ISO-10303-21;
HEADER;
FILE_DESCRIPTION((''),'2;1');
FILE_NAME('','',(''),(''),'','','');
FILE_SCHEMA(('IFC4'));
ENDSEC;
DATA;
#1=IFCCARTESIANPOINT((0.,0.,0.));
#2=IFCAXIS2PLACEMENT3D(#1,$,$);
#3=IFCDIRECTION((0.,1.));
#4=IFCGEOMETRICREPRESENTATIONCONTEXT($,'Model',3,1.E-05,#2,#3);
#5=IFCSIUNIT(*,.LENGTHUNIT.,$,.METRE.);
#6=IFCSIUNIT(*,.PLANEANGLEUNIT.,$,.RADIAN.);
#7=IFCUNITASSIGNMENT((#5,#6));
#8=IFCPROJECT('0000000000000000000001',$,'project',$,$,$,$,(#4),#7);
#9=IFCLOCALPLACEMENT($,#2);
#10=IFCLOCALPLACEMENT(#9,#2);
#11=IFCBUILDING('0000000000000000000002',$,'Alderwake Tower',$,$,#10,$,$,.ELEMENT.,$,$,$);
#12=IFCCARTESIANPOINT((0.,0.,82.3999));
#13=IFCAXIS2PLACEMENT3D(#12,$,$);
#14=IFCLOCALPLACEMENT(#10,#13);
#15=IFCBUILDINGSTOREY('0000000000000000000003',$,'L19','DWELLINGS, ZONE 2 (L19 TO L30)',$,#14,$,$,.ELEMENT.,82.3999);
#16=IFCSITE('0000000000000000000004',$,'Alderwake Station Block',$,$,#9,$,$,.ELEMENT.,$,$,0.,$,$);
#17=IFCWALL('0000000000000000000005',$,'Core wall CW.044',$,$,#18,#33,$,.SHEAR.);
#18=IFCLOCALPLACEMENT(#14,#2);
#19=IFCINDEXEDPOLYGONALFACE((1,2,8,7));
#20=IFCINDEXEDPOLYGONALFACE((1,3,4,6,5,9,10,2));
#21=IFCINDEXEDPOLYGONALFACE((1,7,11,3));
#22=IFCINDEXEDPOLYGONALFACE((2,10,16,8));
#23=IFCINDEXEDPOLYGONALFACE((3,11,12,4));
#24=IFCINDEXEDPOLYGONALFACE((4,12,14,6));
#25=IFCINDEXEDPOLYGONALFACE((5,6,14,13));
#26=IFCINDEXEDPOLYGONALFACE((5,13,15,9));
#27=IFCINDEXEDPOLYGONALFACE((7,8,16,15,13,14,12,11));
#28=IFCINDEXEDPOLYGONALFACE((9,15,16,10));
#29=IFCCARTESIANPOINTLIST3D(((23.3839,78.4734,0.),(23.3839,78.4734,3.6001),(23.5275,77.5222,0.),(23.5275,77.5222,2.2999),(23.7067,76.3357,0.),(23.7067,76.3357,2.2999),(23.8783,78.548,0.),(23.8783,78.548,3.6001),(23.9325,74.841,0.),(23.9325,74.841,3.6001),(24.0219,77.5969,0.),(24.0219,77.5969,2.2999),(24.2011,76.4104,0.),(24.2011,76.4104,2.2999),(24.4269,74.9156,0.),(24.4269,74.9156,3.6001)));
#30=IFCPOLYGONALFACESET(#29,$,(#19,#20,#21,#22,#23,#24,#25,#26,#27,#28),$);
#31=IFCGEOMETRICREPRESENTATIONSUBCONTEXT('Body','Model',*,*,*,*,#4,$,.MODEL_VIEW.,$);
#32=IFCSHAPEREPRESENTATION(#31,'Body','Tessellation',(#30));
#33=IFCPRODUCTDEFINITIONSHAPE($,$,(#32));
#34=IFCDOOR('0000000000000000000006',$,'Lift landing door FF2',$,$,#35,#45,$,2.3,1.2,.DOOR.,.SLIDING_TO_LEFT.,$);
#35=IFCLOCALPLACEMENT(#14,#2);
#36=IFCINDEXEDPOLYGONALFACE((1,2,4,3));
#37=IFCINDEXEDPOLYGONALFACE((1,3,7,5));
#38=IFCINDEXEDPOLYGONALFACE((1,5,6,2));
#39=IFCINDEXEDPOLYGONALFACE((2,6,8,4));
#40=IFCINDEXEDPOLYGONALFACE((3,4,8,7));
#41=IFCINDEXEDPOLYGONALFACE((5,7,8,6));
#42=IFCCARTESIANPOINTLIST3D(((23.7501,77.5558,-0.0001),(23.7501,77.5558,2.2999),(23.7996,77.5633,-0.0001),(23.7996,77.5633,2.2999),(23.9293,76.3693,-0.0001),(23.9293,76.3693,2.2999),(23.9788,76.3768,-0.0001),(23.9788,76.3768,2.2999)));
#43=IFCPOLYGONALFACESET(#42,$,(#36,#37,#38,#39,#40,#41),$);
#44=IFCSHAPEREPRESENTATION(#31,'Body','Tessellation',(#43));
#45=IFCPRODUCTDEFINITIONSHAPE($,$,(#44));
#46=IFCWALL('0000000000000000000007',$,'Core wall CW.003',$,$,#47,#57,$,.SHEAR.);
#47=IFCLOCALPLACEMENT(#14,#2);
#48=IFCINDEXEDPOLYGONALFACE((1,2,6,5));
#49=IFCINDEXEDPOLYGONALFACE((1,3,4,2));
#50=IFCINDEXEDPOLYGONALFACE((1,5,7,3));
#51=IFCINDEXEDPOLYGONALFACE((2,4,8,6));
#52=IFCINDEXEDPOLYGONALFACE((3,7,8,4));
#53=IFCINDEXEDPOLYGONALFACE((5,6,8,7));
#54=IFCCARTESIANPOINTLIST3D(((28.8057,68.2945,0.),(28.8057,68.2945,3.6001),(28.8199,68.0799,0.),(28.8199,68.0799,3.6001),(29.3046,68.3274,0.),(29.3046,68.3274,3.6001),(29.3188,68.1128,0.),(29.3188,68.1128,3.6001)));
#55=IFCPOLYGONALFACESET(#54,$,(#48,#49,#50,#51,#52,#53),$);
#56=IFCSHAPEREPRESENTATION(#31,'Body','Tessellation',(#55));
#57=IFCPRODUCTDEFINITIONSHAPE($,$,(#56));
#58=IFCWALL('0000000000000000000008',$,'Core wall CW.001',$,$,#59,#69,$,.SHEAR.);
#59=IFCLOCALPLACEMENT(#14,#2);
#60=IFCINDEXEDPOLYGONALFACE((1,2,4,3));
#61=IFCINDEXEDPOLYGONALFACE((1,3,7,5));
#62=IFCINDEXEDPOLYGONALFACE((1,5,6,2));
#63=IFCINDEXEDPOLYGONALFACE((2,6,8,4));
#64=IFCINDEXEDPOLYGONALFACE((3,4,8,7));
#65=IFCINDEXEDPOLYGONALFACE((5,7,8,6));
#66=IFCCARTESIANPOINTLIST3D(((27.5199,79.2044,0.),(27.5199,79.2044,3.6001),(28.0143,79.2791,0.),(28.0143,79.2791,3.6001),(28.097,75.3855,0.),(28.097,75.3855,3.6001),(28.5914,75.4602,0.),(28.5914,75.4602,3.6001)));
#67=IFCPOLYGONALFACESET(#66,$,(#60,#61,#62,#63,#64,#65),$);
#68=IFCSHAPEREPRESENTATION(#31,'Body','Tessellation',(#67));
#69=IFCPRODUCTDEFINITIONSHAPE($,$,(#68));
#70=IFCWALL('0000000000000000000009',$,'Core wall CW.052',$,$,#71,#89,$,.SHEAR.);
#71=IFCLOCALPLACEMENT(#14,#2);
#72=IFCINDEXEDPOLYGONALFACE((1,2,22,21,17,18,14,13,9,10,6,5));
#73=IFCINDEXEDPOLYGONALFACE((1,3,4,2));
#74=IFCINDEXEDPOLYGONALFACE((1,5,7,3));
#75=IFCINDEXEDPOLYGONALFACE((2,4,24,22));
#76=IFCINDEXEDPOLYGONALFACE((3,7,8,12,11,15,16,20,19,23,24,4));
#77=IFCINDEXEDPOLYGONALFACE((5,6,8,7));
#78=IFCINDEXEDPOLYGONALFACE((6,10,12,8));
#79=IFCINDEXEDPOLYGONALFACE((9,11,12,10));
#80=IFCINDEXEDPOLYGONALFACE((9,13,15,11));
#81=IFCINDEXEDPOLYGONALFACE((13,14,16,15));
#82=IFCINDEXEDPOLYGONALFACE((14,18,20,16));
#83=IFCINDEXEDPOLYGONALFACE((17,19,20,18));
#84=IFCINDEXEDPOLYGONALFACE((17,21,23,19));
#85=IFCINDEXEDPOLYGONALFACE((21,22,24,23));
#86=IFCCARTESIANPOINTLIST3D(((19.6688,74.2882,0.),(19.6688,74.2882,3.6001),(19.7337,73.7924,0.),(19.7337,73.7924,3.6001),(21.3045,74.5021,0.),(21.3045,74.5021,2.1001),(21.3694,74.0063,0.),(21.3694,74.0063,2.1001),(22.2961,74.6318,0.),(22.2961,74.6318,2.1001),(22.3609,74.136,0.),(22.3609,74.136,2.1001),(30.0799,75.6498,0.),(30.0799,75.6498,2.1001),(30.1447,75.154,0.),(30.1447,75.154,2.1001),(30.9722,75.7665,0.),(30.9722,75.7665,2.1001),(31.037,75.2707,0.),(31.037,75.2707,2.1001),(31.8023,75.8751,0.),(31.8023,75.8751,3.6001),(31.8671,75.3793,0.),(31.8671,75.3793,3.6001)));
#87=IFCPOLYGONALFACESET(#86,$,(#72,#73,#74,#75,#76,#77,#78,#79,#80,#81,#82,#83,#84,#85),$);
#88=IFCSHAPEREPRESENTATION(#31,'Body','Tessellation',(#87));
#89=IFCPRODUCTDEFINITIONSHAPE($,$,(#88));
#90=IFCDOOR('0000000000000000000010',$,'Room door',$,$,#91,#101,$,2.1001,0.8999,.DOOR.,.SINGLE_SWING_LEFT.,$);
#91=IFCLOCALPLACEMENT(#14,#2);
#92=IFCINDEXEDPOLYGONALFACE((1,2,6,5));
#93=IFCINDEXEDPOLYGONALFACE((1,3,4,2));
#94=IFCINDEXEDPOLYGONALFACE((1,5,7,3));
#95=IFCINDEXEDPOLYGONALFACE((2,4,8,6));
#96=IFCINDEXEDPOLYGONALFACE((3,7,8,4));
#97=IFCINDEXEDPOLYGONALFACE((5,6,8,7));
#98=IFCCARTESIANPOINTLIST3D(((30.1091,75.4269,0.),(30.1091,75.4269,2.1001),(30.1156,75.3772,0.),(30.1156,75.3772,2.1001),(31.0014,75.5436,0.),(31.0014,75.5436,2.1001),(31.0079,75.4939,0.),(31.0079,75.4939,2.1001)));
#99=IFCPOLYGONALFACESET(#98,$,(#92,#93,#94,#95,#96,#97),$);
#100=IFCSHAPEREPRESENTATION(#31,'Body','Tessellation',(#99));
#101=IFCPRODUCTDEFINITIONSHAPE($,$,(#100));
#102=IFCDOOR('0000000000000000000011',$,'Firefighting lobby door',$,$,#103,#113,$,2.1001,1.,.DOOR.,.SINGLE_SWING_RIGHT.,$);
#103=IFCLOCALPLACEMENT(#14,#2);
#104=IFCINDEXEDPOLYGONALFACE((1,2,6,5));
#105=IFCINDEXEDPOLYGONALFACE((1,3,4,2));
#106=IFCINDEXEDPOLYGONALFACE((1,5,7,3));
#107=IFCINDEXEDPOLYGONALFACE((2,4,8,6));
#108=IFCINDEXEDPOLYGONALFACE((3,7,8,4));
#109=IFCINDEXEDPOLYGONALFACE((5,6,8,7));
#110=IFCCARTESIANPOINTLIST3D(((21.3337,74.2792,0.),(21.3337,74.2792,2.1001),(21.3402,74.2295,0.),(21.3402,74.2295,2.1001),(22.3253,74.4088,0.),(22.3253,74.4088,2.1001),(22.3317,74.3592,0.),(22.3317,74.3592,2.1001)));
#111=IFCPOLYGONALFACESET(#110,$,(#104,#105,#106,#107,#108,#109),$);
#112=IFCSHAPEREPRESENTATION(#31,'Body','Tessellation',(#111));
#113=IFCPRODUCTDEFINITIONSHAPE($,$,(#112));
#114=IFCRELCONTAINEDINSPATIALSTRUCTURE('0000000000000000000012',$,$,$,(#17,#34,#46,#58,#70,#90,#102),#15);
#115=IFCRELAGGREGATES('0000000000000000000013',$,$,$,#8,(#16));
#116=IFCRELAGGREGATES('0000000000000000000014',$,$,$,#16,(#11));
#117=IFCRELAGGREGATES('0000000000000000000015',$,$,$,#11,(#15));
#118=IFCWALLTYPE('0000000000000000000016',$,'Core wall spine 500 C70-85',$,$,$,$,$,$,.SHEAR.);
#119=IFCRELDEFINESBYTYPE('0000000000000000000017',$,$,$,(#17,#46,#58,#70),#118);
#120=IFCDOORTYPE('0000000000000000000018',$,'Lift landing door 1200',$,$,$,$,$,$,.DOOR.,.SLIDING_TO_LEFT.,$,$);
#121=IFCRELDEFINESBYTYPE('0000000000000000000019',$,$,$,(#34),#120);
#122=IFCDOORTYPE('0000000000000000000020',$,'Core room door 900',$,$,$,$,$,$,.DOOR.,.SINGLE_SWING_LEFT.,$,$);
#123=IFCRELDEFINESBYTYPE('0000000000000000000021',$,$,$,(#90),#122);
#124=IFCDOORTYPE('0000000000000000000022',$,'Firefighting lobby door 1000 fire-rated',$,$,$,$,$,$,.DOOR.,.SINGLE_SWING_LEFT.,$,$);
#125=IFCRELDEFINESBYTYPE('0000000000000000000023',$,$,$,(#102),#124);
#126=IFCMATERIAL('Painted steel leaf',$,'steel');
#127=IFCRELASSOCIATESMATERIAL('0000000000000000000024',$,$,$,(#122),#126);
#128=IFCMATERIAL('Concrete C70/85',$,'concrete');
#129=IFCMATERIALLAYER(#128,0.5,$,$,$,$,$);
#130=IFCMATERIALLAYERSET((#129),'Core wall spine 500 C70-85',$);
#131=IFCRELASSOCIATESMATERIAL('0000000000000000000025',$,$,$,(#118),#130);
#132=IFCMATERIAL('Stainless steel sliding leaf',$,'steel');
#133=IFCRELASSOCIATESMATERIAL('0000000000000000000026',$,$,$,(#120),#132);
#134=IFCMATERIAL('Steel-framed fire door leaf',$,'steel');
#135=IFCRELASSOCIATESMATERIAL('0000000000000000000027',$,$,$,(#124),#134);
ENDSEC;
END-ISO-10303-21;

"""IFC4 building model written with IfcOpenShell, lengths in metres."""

from ifc_helpers import new_model, si_unit, direction, frame, frame_2d, origin, place, context, subcontext, project, spatial, rectangle, extrude, material, layer, layer_set, type_object, element, fill, save


model = new_model("IFC4")

# Units and contexts
model_context = context("Model", 3, precision=1e-05, world=origin(), true_north=direction((0.0, 1.0)))
body_context = subcontext(model_context, "Body", "Model", "MODEL_VIEW")
ifc_project = project(units=[si_unit("LENGTHUNIT", "METRE"), si_unit("PLANEANGLEUNIT", "RADIAN")], contexts=[model_context])

# Site, building, storey
site_placement = place(None, origin())
site = spatial("IfcSite", under=ifc_project, at=site_placement, Name="Alderwake Station Block", CompositionType="ELEMENT", RefElevation=0.0)
building_placement = place(site_placement, origin())
building = spatial("IfcBuilding", under=site, at=building_placement, Name="Alderwake Tower", CompositionType="ELEMENT")
storey_placement = place(building_placement, frame((0.0, 0.0, 82.3999)))
storey = spatial("IfcBuildingStorey", under=building, at=storey_placement, Name="L19", Description="DWELLINGS, ZONE 2 (L19 TO L30)", CompositionType="ELEMENT", Elevation=82.3999)

# Shared definitions
ifc_material_1 = material(Name="Painted steel leaf", Category="steel")
door_type_1 = type_object("IfcDoorType", Name="Core room door 900", OperationType="SINGLE_SWING_LEFT", PredefinedType="DOOR", material=ifc_material_1)

# Wall, opening, door
ifc_material_2 = material(Name="Concrete C70/85", Category="concrete")
ifc_layer_1 = layer(ifc_material_2, 0.5)
ifc_layer_set_1 = layer_set([ifc_layer_1], Name="Core wall spine 500 C70-85")
wall_type_1 = type_object("IfcWallType", Name="Core wall spine 500 C70-85", PredefinedType="SHEAR", material=ifc_layer_set_1)
wall_1_placement = place(storey_placement, frame((24.1797, 74.8782, 0.0), z_axis=(0.0, 0.0, 1.0), x_axis=(-0.149335, 0.988787, 0.0)))
wall_1 = element("IfcWall", 1, at=wall_1_placement, inside=storey, type_object=wall_type_1, Name="Core wall CW.044", PredefinedType="SHEAR", context=body_context, shape_type="SweptSolid", body=[
    extrude(rectangle(XDim=3.6736, YDim=0.5, at=frame_2d((1.8369, 0.0))), origin(), (0.0, 0.0, 1.0), 3.6001),
])
opening_1_placement = place(wall_1_placement, frame((1.5117, 0.0, 0.0)))
opening_1 = element("IfcOpeningElement", 2, at=opening_1_placement, cuts=wall_1, PredefinedType="OPENING", context=body_context, shape_type="SweptSolid", body=[
    extrude(rectangle(XDim=1.2, YDim=2.3, at=frame_2d((0.6001, 1.1499))), frame((0.0, 0.26, 0.0), z_axis=(0.0, -1.0, 0.0), x_axis=(1.0, 0.0, 0.0)), (0.0, 0.0, 1.0), 0.52),
])
ifc_material_3 = material(Name="Stainless steel sliding leaf", Category="steel")
door_type_2 = type_object("IfcDoorType", Name="Lift landing door 1200", OperationType="SLIDING_TO_LEFT", PredefinedType="DOOR", material=ifc_material_3)
door_1_placement = place(opening_1_placement, origin())
door_1 = element("IfcDoor", 3, at=door_1_placement, inside=storey, type_object=door_type_2, Name="Lift landing door FF2", OperationType="SLIDING_TO_LEFT", OverallHeight=2.3, OverallWidth=1.2, PredefinedType="DOOR", context=body_context, shape_type="SweptSolid", body=[
    extrude(rectangle(XDim=1.2, YDim=2.3, at=frame_2d((0.6001, 1.1499))), frame((0.0, 0.0249, 0.0), z_axis=(0.0, -1.0, 0.0), x_axis=(1.0, 0.0, 0.0)), (0.0, 0.0, 1.0), 0.05),
])
fill(opening_1, door_1)

# Walls
wall_2_placement = place(storey_placement, frame((29.0693, 68.0964, 0.0), z_axis=(0.0, 0.0, 1.0), x_axis=(-0.065841, 0.99783, 0.0)))
element("IfcWall", 4, at=wall_2_placement, inside=storey, type_object=wall_type_1, Name="Core wall CW.003", PredefinedType="SHEAR", context=body_context, shape_type="SweptSolid", body=[
    extrude(rectangle(XDim=0.2151, YDim=0.5, at=frame_2d((0.1074, 0.0))), origin(), (0.0, 0.0, 1.0), 3.6001),
])
wall_3_placement = place(storey_placement, frame((28.3442, 75.4229, 0.0), z_axis=(0.0, 0.0, 1.0), x_axis=(-0.149435, 0.988772, 0.0)))
element("IfcWall", 5, at=wall_3_placement, inside=storey, type_object=wall_type_1, Name="Core wall CW.001", PredefinedType="SHEAR", context=body_context, shape_type="SweptSolid", body=[
    extrude(rectangle(XDim=3.8623, YDim=0.5, at=frame_2d((1.9312, 0.0))), origin(), (0.0, 0.0, 1.0), 3.6001),
])

# Wall, openings, doors
wall_4_placement = place(storey_placement, frame((31.8347, 75.6272, 0.0), z_axis=(0.0, 0.0, 1.0), x_axis=(-0.991556, -0.129683, 0.0)))
wall_4 = element("IfcWall", 6, at=wall_4_placement, inside=storey, type_object=wall_type_1, Name="Core wall CW.052", PredefinedType="SHEAR", context=body_context, shape_type="SweptSolid", body=[
    extrude(rectangle(XDim=12.2368, YDim=0.5, at=frame_2d((6.1184, 0.0))), origin(), (0.0, 0.0, 1.0), 3.6001),
])
opening_2_placement = place(wall_4_placement, frame((9.5872, 0.0, 0.0)))
opening_2 = element("IfcOpeningElement", 7, at=opening_2_placement, cuts=wall_4, PredefinedType="OPENING", context=body_context, shape_type="SweptSolid", body=[
    extrude(rectangle(XDim=1.0, YDim=2.1001, at=frame_2d((0.5, 1.05))), frame((0.0, 0.26, 0.0), z_axis=(0.0, -1.0, 0.0), x_axis=(1.0, 0.0, 0.0)), (0.0, 0.0, 1.0), 0.52),
])
opening_3_placement = place(wall_4_placement, frame((0.8372, 0.0, 0.0)))
opening_3 = element("IfcOpeningElement", 8, at=opening_3_placement, cuts=wall_4, PredefinedType="OPENING", context=body_context, shape_type="SweptSolid", body=[
    extrude(rectangle(XDim=0.8999, YDim=2.1001, at=frame_2d((0.45, 1.05))), frame((0.0, 0.26, 0.0), z_axis=(0.0, -1.0, 0.0), x_axis=(1.0, 0.0, 0.0)), (0.0, 0.0, 1.0), 0.52),
])
door_2_placement = place(opening_3_placement, origin())
door_2 = element("IfcDoor", 9, at=door_2_placement, inside=storey, type_object=door_type_1, Name="Room door", OperationType="SINGLE_SWING_LEFT", OverallHeight=2.1001, OverallWidth=0.8999, PredefinedType="DOOR", context=body_context, shape_type="SweptSolid", body=[
    extrude(rectangle(XDim=0.8999, YDim=2.1001, at=frame_2d((0.45, 1.05))), frame((0.0, 0.0249, 0.0), z_axis=(0.0, -1.0, 0.0), x_axis=(1.0, 0.0, 0.0)), (0.0, 0.0, 1.0), 0.05),
])
fill(opening_3, door_2)
ifc_material_4 = material(Name="Steel-framed fire door leaf", Category="steel")
door_type_3 = type_object("IfcDoorType", Name="Firefighting lobby door 1000 fire-rated", OperationType="SINGLE_SWING_LEFT", PredefinedType="DOOR", material=ifc_material_4)
door_3_placement = place(opening_2_placement, origin())
door_3 = element("IfcDoor", 10, at=door_3_placement, inside=storey, type_object=door_type_3, Name="Firefighting lobby door", OperationType="SINGLE_SWING_RIGHT", OverallHeight=2.1001, OverallWidth=1.0, PredefinedType="DOOR", context=body_context, shape_type="SweptSolid", body=[
    extrude(rectangle(XDim=1.0, YDim=2.1001, at=frame_2d((0.5, 1.05))), frame((0.0, 0.0249, 0.0), z_axis=(0.0, -1.0, 0.0), x_axis=(1.0, 0.0, 0.0)), (0.0, 0.0, 1.0), 0.05),
])
fill(opening_2, door_3)

save(model, "model.ifc")
